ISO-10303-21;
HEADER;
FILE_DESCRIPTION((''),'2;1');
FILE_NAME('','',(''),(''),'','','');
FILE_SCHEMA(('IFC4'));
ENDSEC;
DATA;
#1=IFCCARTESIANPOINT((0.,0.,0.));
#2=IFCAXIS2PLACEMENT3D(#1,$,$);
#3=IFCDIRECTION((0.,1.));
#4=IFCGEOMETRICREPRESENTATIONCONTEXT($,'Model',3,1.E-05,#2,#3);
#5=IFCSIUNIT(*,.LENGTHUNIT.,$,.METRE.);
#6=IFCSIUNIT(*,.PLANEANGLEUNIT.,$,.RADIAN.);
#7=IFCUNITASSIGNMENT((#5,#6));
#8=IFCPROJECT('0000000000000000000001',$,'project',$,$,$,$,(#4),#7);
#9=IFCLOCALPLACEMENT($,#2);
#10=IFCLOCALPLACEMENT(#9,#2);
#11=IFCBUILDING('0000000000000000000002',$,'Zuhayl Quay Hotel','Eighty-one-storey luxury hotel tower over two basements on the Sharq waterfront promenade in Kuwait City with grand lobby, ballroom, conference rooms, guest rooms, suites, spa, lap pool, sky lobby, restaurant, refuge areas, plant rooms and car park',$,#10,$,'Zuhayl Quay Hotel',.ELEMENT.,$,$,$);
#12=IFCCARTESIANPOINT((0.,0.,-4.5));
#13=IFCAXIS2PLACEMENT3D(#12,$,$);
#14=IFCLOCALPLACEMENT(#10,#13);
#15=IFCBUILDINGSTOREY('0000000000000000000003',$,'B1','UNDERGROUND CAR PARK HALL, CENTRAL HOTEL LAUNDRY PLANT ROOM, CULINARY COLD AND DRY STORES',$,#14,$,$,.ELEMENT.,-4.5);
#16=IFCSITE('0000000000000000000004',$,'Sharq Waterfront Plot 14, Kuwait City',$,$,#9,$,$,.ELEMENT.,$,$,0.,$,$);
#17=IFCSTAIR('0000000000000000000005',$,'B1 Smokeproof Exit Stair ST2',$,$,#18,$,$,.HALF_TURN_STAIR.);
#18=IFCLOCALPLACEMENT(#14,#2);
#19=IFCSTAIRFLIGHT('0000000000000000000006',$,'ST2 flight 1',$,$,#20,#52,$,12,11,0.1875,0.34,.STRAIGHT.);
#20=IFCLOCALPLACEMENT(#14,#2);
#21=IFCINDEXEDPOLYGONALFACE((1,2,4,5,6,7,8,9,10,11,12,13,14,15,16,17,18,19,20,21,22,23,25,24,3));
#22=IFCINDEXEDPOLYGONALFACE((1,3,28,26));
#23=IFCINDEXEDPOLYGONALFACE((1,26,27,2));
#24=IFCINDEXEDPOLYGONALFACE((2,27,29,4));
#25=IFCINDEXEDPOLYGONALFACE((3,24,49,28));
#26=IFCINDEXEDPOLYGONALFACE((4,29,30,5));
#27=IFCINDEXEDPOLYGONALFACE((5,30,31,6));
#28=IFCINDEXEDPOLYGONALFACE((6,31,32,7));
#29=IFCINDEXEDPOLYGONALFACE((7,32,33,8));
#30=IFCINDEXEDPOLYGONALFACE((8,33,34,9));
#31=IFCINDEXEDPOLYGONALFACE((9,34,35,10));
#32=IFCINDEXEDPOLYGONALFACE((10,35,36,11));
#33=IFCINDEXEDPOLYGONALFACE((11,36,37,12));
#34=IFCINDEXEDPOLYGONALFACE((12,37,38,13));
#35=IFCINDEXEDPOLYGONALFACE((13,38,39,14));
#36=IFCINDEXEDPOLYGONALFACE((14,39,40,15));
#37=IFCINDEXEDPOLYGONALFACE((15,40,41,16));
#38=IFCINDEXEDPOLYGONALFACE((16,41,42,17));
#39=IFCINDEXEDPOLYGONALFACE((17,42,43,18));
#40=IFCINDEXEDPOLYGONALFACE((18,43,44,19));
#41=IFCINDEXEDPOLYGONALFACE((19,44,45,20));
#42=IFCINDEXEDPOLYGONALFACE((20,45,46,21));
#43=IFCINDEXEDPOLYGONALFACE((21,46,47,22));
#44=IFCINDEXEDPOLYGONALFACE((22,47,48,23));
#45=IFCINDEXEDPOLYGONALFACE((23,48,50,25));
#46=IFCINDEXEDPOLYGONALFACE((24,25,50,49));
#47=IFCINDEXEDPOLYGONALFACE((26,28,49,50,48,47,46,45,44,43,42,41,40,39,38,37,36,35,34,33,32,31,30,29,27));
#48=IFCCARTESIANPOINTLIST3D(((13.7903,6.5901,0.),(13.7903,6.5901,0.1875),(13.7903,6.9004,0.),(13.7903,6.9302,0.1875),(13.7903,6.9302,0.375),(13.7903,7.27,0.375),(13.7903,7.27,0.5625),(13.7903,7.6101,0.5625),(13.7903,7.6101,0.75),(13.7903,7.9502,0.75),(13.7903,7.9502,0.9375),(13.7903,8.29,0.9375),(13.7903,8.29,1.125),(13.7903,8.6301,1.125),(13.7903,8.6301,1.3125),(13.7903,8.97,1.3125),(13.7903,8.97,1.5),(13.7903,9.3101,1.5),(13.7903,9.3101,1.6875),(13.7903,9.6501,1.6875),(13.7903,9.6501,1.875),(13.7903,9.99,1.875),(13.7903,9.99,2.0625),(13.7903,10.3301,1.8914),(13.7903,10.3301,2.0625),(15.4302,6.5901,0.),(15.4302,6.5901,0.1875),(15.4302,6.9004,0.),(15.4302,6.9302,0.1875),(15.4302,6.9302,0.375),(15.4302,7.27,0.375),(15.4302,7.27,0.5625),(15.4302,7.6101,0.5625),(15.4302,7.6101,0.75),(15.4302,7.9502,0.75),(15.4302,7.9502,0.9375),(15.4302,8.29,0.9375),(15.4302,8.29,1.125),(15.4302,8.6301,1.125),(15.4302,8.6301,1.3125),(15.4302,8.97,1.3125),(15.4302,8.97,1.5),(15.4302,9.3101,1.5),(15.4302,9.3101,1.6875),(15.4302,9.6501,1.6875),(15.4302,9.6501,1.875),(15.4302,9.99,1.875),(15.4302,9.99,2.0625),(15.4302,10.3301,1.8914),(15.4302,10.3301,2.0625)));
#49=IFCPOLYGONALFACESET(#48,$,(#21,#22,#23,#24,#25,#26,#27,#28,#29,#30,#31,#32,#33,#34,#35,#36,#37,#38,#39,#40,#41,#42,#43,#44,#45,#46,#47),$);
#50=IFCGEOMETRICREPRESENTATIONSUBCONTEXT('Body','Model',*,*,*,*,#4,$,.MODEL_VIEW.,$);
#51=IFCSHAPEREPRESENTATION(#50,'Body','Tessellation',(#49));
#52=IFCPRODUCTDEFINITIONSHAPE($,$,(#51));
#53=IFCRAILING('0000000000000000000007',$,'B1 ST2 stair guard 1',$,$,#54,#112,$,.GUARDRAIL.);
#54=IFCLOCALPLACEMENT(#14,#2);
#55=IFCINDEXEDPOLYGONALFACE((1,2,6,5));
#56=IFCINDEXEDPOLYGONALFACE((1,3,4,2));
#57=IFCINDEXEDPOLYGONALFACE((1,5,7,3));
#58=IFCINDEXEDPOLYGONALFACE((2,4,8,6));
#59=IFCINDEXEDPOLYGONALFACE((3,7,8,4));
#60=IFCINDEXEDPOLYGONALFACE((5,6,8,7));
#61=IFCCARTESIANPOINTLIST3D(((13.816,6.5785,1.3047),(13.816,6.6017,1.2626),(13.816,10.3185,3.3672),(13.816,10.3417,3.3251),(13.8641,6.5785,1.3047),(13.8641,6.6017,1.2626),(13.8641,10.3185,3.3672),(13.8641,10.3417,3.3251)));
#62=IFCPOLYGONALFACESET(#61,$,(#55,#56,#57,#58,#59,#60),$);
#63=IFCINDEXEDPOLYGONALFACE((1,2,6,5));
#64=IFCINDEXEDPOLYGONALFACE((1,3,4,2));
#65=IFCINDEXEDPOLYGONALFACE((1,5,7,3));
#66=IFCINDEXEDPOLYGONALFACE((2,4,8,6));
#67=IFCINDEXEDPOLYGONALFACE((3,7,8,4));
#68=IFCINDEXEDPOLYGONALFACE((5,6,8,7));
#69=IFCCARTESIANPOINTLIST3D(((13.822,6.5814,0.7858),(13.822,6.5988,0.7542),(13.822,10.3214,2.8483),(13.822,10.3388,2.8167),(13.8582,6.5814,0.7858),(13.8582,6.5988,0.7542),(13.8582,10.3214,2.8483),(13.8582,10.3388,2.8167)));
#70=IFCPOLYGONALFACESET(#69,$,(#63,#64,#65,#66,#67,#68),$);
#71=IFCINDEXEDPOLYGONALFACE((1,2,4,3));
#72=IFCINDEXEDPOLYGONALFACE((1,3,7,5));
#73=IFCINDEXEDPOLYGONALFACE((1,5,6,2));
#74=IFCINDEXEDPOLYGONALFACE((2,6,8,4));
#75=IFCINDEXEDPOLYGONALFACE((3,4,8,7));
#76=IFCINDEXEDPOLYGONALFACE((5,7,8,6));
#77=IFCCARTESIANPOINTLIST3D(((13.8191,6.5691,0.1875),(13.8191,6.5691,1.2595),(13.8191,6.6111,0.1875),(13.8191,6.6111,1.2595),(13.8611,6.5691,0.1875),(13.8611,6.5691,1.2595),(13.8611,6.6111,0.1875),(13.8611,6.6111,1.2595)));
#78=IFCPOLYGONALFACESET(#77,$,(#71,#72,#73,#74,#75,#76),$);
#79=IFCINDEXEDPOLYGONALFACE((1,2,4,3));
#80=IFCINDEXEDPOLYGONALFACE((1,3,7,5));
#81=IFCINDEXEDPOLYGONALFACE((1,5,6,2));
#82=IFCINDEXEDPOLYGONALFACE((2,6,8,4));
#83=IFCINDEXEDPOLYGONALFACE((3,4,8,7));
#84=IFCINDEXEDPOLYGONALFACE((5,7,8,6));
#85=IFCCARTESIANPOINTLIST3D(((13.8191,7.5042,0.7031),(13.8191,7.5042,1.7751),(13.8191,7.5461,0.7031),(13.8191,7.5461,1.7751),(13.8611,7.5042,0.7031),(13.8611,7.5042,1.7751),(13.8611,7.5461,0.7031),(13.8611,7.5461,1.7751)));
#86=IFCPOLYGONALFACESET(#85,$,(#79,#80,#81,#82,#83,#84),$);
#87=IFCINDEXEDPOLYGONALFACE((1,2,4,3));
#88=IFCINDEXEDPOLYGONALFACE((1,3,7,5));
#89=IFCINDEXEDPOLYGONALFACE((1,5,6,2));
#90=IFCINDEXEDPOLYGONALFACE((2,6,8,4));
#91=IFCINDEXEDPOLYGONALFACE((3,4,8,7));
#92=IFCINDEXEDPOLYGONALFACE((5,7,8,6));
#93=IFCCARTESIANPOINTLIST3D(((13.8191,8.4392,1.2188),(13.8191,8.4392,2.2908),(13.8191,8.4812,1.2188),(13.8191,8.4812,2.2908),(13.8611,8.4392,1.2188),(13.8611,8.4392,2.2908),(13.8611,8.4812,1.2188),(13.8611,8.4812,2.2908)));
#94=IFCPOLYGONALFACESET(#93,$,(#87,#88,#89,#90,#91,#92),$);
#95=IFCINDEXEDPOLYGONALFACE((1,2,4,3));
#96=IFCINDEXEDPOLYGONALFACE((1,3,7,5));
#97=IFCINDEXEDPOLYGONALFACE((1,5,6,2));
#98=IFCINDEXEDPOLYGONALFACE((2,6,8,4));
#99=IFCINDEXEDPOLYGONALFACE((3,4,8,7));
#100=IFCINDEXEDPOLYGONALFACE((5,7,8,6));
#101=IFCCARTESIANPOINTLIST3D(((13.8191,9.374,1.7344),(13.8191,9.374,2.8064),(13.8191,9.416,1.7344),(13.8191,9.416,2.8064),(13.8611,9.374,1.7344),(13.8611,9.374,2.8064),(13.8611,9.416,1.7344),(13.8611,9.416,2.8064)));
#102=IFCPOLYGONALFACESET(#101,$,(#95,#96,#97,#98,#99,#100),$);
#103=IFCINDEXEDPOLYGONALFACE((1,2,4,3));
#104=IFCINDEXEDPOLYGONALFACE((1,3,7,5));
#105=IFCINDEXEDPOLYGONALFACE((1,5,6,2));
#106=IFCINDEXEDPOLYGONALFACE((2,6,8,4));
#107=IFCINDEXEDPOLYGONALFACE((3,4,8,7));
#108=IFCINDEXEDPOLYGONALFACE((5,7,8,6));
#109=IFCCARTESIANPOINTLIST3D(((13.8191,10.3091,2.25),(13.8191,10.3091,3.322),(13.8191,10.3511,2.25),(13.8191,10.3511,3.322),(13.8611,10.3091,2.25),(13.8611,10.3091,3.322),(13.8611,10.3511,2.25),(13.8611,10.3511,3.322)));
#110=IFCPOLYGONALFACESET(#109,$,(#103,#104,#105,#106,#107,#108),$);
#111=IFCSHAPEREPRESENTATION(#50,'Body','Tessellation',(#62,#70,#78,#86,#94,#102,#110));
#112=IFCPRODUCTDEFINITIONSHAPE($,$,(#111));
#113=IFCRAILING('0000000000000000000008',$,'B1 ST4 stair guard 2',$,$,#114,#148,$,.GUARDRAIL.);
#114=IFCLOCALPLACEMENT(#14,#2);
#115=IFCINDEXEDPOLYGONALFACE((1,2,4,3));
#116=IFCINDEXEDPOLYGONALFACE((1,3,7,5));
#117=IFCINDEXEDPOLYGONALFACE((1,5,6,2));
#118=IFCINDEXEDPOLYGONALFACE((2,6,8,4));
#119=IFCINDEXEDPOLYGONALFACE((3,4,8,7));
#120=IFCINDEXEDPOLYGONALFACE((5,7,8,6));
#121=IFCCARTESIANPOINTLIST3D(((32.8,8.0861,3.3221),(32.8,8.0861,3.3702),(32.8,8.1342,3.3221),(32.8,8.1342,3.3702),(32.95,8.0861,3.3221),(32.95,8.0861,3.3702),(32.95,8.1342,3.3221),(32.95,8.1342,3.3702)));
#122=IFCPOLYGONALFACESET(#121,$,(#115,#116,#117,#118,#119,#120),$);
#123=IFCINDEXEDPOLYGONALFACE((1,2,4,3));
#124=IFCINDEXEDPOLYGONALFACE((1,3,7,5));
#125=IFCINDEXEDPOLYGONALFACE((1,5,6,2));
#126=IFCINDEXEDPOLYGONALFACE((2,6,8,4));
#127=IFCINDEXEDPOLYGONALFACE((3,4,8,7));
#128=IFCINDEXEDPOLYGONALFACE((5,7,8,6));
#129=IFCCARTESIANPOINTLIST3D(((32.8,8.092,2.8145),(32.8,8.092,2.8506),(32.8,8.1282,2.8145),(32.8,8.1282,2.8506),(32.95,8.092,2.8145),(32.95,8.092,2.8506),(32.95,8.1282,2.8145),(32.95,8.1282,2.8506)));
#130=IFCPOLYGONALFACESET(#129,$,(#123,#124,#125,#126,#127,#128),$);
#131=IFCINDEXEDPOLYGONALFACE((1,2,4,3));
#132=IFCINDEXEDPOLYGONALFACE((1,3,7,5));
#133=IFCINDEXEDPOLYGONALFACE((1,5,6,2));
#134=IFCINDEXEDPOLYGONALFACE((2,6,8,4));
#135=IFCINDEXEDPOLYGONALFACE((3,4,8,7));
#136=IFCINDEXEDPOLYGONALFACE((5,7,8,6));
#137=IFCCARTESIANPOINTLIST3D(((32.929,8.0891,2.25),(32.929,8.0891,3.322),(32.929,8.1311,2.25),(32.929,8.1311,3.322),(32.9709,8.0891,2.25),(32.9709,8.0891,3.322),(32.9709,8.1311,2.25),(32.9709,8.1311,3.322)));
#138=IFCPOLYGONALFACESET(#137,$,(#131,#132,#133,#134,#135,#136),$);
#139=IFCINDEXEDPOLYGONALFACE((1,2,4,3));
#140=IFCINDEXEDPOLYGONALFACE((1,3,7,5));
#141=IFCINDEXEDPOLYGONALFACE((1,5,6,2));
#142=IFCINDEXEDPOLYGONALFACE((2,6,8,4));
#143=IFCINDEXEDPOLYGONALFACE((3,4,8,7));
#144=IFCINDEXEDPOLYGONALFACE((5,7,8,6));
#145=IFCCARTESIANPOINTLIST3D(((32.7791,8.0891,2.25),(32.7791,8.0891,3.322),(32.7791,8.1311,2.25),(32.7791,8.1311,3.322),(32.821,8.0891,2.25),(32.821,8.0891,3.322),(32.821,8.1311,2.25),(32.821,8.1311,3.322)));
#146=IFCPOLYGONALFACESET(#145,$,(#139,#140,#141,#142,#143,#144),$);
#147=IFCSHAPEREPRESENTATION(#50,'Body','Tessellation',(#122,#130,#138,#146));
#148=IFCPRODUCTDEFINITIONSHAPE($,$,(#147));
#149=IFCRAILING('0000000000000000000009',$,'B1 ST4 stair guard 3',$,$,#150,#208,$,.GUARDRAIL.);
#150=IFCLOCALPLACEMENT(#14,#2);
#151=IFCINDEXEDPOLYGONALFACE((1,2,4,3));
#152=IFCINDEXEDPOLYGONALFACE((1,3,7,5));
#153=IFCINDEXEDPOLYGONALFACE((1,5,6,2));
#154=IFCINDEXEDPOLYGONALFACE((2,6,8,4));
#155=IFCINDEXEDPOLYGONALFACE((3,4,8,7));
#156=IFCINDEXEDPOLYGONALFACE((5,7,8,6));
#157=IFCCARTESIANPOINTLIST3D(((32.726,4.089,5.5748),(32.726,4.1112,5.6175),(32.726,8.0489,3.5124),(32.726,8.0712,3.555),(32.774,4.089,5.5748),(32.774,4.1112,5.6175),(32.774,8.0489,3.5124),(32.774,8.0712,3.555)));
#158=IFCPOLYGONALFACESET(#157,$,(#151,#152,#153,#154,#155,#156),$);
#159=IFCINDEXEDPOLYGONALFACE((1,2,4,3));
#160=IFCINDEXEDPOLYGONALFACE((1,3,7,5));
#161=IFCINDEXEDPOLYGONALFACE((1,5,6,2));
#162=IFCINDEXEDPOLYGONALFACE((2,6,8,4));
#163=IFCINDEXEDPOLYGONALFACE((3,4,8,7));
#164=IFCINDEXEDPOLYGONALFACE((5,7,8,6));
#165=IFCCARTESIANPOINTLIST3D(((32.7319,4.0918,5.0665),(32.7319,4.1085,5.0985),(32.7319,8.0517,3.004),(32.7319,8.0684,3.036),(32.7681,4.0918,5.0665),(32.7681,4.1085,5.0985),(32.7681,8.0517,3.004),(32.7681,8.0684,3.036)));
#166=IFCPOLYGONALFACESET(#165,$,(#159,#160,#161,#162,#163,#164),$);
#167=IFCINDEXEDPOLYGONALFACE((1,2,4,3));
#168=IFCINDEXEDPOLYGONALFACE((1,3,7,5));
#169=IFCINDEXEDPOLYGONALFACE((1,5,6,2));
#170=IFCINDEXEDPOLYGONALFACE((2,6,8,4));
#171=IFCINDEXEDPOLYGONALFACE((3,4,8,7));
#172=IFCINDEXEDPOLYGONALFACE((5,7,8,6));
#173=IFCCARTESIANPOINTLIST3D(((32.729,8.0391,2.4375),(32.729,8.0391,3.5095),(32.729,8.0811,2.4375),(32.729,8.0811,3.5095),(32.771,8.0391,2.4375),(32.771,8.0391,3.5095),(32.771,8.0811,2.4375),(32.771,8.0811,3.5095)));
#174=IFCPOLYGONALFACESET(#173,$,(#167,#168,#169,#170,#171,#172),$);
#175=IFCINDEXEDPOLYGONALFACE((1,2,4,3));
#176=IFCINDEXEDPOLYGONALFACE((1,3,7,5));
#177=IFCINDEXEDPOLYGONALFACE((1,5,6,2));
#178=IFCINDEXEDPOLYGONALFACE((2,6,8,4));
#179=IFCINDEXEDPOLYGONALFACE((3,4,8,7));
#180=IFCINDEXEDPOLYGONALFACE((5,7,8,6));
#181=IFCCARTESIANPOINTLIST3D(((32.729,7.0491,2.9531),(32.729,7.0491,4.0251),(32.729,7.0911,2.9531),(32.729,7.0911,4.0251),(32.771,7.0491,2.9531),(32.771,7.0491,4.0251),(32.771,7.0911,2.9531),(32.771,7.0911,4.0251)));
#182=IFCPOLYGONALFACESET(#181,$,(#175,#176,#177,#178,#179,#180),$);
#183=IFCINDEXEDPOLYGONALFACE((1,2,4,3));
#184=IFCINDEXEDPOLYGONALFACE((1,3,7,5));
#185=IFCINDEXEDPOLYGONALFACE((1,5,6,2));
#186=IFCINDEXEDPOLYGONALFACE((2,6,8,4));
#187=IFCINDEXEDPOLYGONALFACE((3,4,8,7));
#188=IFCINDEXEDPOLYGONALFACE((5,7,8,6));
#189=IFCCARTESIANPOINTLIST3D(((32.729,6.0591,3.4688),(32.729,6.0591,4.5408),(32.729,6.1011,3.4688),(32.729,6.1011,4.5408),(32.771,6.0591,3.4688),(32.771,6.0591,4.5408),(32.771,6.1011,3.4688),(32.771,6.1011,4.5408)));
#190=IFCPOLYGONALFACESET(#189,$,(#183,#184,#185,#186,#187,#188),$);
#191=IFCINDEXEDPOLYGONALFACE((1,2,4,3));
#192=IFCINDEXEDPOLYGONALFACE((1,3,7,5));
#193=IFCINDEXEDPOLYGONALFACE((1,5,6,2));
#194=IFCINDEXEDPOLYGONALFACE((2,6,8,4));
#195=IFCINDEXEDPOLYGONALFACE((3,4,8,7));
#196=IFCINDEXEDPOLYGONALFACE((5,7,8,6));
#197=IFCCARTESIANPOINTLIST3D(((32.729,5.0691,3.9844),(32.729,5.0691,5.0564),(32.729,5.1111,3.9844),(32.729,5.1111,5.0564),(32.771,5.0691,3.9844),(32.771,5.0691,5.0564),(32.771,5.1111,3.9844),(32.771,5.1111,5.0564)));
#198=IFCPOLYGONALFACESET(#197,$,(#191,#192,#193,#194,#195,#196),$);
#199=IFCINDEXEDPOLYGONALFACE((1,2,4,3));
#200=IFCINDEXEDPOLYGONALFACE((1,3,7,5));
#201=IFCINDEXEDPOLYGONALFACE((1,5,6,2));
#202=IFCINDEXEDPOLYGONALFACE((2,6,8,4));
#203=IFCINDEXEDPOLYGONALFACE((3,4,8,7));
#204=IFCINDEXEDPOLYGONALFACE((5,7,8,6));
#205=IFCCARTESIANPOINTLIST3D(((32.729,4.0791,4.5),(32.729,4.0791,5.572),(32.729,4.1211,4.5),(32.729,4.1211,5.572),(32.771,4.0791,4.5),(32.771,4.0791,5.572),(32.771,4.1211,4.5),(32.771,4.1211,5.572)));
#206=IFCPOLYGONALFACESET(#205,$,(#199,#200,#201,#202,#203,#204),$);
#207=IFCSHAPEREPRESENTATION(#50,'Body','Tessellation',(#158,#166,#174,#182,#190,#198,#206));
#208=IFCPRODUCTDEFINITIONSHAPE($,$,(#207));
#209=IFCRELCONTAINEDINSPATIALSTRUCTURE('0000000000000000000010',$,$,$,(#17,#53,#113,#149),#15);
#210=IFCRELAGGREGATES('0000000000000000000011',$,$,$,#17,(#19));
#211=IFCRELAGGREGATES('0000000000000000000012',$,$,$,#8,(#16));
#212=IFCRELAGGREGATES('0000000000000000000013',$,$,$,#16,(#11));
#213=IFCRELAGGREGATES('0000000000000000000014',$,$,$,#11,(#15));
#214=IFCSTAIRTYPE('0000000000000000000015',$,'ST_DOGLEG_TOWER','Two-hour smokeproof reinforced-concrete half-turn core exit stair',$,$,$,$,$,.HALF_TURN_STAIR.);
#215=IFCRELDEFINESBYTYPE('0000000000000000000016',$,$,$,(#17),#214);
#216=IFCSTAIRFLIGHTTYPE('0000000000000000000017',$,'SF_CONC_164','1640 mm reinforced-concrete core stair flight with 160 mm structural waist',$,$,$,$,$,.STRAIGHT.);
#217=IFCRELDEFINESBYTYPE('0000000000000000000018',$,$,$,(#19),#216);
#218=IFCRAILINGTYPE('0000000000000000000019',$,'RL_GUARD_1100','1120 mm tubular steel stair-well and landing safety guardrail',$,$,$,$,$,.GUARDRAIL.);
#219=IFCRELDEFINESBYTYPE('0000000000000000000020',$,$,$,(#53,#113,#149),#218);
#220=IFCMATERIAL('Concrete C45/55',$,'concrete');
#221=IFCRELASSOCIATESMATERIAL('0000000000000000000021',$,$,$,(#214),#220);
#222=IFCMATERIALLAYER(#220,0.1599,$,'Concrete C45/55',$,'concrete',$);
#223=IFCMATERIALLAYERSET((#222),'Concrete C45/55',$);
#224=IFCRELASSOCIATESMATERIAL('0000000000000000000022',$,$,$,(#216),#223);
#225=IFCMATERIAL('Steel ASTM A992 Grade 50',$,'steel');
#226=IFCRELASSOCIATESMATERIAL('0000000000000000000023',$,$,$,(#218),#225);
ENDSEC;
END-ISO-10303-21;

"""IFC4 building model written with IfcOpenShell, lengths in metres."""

from ifc_helpers import new_model, si_unit, direction, frame, origin, origin_2d, place, context, subcontext, project, spatial, polyline, rectangle, outline, extrude, material, layer, layer_set, type_object, element, aggregate, save


model = new_model("IFC4")

# Units and contexts
model_context = context("Model", 3, precision=1e-05, world=origin(), true_north=direction((0.0, 1.0)))
body_context = subcontext(model_context, "Body", "Model", "MODEL_VIEW")
ifc_project = project(units=[si_unit("LENGTHUNIT", "METRE"), si_unit("PLANEANGLEUNIT", "RADIAN")], contexts=[model_context])

# Site, building, storey
site_placement = place(None, origin())
site = spatial("IfcSite", under=ifc_project, at=site_placement, Name="Sharq Waterfront Plot 14, Kuwait City", CompositionType="ELEMENT", RefElevation=0.0)
building_placement = place(site_placement, origin())
building = spatial("IfcBuilding", under=site, at=building_placement, Name="Zuhayl Quay Hotel", Description="Eighty-one-storey luxury hotel tower over two basements on the Sharq waterfront promenade in Kuwait City with grand lobby, ballroom, conference rooms, guest rooms, suites, spa, lap pool, sky lobby, restaurant, refuge areas, plant rooms and car park", LongName="Zuhayl Quay Hotel", CompositionType="ELEMENT")
storey_placement = place(building_placement, frame((0.0, 0.0, -4.5)))
storey = spatial("IfcBuildingStorey", under=building, at=storey_placement, Name="B1", Description="UNDERGROUND CAR PARK HALL, CENTRAL HOTEL LAUNDRY PLANT ROOM, CULINARY COLD AND DRY STORES", CompositionType="ELEMENT", Elevation=-4.5)

# Shared definitions
ifc_material_1 = material(Name="Steel ASTM A992 Grade 50", Category="steel")

# Stair, stair flight
ifc_material_2 = material(Name="Concrete C45/55", Category="concrete")
stair_type_1 = type_object("IfcStairType", Name="ST_DOGLEG_TOWER", Description="Two-hour smokeproof reinforced-concrete half-turn core exit stair", PredefinedType="HALF_TURN_STAIR", material=ifc_material_2)
stair_1_placement = place(storey_placement, origin())
stair_1 = element("IfcStair", 1, at=stair_1_placement, inside=storey, type_object=stair_type_1, Name="B1 Smokeproof Exit Stair ST2", PredefinedType="HALF_TURN_STAIR")
ifc_layer_1 = layer(ifc_material_2, 0.1599, Name="Concrete C45/55", Category="concrete")
ifc_layer_set_1 = layer_set([ifc_layer_1], Name="Concrete C45/55")
stair_flight_type_1 = type_object("IfcStairFlightType", Name="SF_CONC_164", Description="1640 mm reinforced-concrete core stair flight with 160 mm structural waist", PredefinedType="STRAIGHT", material=ifc_layer_set_1)
stair_flight_1_placement = place(storey_placement, frame((14.6101, 6.5901, 0.0), z_axis=(0.0, 0.0, 1.0), x_axis=(0.0, 1.0, 0.0)))
stair_flight_1 = element("IfcStairFlight", 2, at=stair_flight_1_placement, type_object=stair_flight_type_1, Name="ST2 flight 1", NumberOfRisers=12, NumberOfTreads=11, PredefinedType="STRAIGHT", RiserHeight=0.1875, TreadLength=0.34, context=body_context, shape_type="SweptSolid", body=[
    extrude(outline(polyline([(0.0, 0.0), (0.0, 0.1875), (0.3401, 0.1875), (0.3401, 0.375), (0.6799, 0.375), (0.6799, 0.5625), (1.02, 0.5625), (1.02, 0.75), (1.3601, 0.75), (1.3601, 0.9375), (1.7, 0.9375), (1.7, 1.125), (2.04, 1.125), (2.04, 1.3125), (2.3799, 1.3125), (2.3799, 1.5), (2.72, 1.5), (2.72, 1.6875), (3.0601, 1.6875), (3.0601, 1.875), (3.3999, 1.875), (3.3999, 2.0625), (3.74, 2.0625), (3.74, 2.25), (3.74, 1.8914), (0.3103, 0.0), (0.0, 0.0)])), frame((0.0, 0.8198, 0.0), z_axis=(0.0, -1.0, 0.0), x_axis=(1.0, 0.0, 0.0)), (0.0, 0.0, 1.0), 1.6399),
])
aggregate(stair_1, [stair_flight_1])

# Railings
railing_type_1 = type_object("IfcRailingType", Name="RL_GUARD_1100", Description="1120 mm tubular steel stair-well and landing safety guardrail", PredefinedType="GUARDRAIL", material=ifc_material_1)
railing_1_placement = place(storey_placement, frame((13.8401, 6.5901, 0.1875)))
element("IfcRailing", 3, at=railing_1_placement, inside=storey, type_object=railing_type_1, Name="B1 ST2 stair guard 1", PredefinedType="GUARDRAIL", context=body_context, shape_type="SweptSolid", body=[
    extrude(rectangle(XDim=0.0481, YDim=0.0481, at=origin_2d()), frame((0.0, 0.0, 1.0962), z_axis=(0.0, 0.875671, 0.482908), x_axis=(-1.0, 0.0, 0.0)), (0.0, 0.0, 1.0), 4.271),
    extrude(rectangle(XDim=0.0361, YDim=0.0361, at=origin_2d()), frame((0.0, 0.0, 0.5825), z_axis=(0.0, 0.875671, 0.482908), x_axis=(-1.0, 0.0, 0.0)), (0.0, 0.0, 1.0), 4.271),
    extrude(rectangle(XDim=0.042, YDim=0.042, at=origin_2d()), origin(), (0.0, 0.0, 1.0), 1.072),
    extrude(rectangle(XDim=0.042, YDim=0.042, at=origin_2d()), frame((0.0, 0.9351, 0.5156)), (0.0, 0.0, 1.0), 1.072),
    extrude(rectangle(XDim=0.042, YDim=0.042, at=origin_2d()), frame((0.0, 1.8701, 1.0312)), (0.0, 0.0, 1.0), 1.072),
    extrude(rectangle(XDim=0.042, YDim=0.042, at=origin_2d()), frame((0.0, 2.8049, 1.5469)), (0.0, 0.0, 1.0), 1.072),
    extrude(rectangle(XDim=0.042, YDim=0.042, at=origin_2d()), frame((0.0, 3.74, 2.0625)), (0.0, 0.0, 1.0), 1.072),
])
railing_2_placement = place(storey_placement, frame((32.95, 8.1101, 2.25)))
element("IfcRailing", 4, at=railing_2_placement, inside=storey, type_object=railing_type_1, Name="B1 ST4 stair guard 2", PredefinedType="GUARDRAIL", context=body_context, shape_type="SweptSolid", body=[
    extrude(rectangle(XDim=0.0481, YDim=0.0481, at=origin_2d()), frame((0.0, 0.0, 1.0962), z_axis=(-1.0, 0.0, 0.0), x_axis=(0.0, -1.0, 0.0)), (0.0, 0.0, 1.0), 0.1499),
    extrude(rectangle(XDim=0.0361, YDim=0.0361, at=origin_2d()), frame((0.0, 0.0, 0.5825), z_axis=(-1.0, 0.0, 0.0), x_axis=(0.0, -1.0, 0.0)), (0.0, 0.0, 1.0), 0.1499),
    extrude(rectangle(XDim=0.042, YDim=0.042, at=origin_2d()), origin(), (0.0, 0.0, 1.0), 1.072),
    extrude(rectangle(XDim=0.042, YDim=0.042, at=origin_2d()), frame((-0.1499, 0.0, 0.0)), (0.0, 0.0, 1.0), 1.072),
])
railing_3_placement = place(storey_placement, frame((32.75, 8.0601, 2.4375)))
element("IfcRailing", 5, at=railing_3_placement, inside=storey, type_object=railing_type_1, Name="B1 ST4 stair guard 3", PredefinedType="GUARDRAIL", context=body_context, shape_type="SweptSolid", body=[
    extrude(rectangle(XDim=0.0481, YDim=0.0481, at=origin_2d()), frame((0.0, 0.0, 1.0962), z_axis=(0.0, -0.886912, 0.461938), x_axis=(1.0, 0.0, 0.0)), (0.0, 0.0, 1.0), 4.4648),
    extrude(rectangle(XDim=0.0361, YDim=0.0361, at=origin_2d()), frame((0.0, 0.0, 0.5825), z_axis=(0.0, -0.886912, 0.461938), x_axis=(1.0, 0.0, 0.0)), (0.0, 0.0, 1.0), 4.4648),
    extrude(rectangle(XDim=0.042, YDim=0.042, at=origin_2d()), origin(), (0.0, 0.0, 1.0), 1.072),
    extrude(rectangle(XDim=0.042, YDim=0.042, at=origin_2d()), frame((0.0, -0.99, 0.5156)), (0.0, 0.0, 1.0), 1.072),
    extrude(rectangle(XDim=0.042, YDim=0.042, at=origin_2d()), frame((0.0, -1.98, 1.0312)), (0.0, 0.0, 1.0), 1.072),
    extrude(rectangle(XDim=0.042, YDim=0.042, at=origin_2d()), frame((0.0, -2.97, 1.5469)), (0.0, 0.0, 1.0), 1.072),
    extrude(rectangle(XDim=0.042, YDim=0.042, at=origin_2d()), frame((0.0, -3.96, 2.0625)), (0.0, 0.0, 1.0), 1.072),
])

save(model, "model.ifc")
